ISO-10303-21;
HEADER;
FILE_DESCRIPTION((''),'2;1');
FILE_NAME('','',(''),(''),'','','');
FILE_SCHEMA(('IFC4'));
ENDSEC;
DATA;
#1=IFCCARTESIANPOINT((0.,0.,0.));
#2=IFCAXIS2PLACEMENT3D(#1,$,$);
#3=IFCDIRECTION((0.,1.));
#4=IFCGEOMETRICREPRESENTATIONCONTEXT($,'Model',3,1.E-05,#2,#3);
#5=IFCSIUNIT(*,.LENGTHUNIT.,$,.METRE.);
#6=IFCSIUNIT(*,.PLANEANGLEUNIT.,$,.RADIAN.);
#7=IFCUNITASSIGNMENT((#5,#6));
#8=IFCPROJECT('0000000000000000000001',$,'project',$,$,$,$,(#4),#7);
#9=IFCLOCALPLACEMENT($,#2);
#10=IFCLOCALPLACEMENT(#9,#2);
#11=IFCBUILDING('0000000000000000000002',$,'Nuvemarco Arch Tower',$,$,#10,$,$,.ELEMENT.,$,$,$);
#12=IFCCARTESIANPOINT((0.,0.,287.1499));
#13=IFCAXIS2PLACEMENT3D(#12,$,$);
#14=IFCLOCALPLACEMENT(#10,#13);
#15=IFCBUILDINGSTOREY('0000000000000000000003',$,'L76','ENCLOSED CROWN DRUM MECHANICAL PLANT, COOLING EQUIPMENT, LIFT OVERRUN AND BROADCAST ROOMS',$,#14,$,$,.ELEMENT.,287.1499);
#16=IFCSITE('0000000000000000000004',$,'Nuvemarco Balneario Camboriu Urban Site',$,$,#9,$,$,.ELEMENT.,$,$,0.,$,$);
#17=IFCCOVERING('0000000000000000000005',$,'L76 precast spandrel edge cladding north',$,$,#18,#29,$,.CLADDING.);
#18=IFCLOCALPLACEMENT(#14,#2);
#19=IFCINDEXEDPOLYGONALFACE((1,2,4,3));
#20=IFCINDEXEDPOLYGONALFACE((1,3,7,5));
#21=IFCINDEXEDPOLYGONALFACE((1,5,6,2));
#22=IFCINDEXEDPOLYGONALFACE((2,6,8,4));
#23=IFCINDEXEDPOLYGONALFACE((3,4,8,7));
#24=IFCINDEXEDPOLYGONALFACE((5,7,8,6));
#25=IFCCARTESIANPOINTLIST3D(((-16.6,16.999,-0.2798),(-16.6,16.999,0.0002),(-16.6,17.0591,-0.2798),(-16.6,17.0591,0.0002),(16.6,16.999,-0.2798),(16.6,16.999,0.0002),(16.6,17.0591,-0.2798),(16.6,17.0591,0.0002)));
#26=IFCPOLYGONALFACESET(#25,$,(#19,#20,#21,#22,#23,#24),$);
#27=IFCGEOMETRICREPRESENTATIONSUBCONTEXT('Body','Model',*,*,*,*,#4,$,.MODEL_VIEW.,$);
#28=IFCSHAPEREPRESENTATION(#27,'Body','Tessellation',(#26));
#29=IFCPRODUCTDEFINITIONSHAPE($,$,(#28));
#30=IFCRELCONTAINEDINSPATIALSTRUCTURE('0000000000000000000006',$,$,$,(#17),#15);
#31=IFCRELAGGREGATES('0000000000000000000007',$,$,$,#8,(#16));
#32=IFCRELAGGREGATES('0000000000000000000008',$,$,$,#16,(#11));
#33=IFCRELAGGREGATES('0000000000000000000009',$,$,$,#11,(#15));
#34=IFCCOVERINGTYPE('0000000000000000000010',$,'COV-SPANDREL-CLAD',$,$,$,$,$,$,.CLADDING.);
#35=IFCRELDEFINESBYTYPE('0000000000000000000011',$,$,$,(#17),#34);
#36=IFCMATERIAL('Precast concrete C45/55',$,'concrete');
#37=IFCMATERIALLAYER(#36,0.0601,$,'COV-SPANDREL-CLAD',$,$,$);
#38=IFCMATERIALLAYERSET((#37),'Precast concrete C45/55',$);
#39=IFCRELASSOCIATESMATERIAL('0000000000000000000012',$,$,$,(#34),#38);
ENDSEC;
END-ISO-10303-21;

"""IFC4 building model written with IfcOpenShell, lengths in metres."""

from ifc_helpers import new_model, si_unit, direction, frame, origin, origin_2d, place, context, subcontext, project, spatial, rectangle, extrude, source, transform, mapped, material, layer, layer_set, type_object, type_shapes, element, save


model = new_model("IFC4")

# Units and contexts
model_context = context("Model", 3, precision=1e-05, world=origin(), true_north=direction((0.0, 1.0)))
body_context = subcontext(model_context, "Body", "Model", "MODEL_VIEW")
ifc_project = project(units=[si_unit("LENGTHUNIT", "METRE"), si_unit("PLANEANGLEUNIT", "RADIAN")], contexts=[model_context])

# Site, building, storey
site_placement = place(None, origin())
site = spatial("IfcSite", under=ifc_project, at=site_placement, Name="Nuvemarco Balneario Camboriu Urban Site", CompositionType="ELEMENT", RefElevation=0.0)
building_placement = place(site_placement, origin())
building = spatial("IfcBuilding", under=site, at=building_placement, Name="Nuvemarco Arch Tower", CompositionType="ELEMENT")
storey_placement = place(building_placement, frame((0.0, 0.0, 287.1499)))
storey = spatial("IfcBuildingStorey", under=building, at=storey_placement, Name="L76", Description="ENCLOSED CROWN DRUM MECHANICAL PLANT, COOLING EQUIPMENT, LIFT OVERRUN AND BROADCAST ROOMS", CompositionType="ELEMENT", Elevation=287.1499)

# Shared definitions
ifc_material_1 = material(Name="Precast concrete C45/55", Category="concrete")

# Covering
ifc_layer_1 = layer(ifc_material_1, 0.0601, Name="COV-SPANDREL-CLAD")
ifc_layer_set_1 = layer_set([ifc_layer_1], Name="Precast concrete C45/55")
covering_type = type_object("IfcCoveringType", Name="COV-SPANDREL-CLAD", PredefinedType="CLADDING", material=ifc_layer_set_1)
shared_shape_1 = source(origin(), body_context, "Body", "SweptSolid", [
    extrude(rectangle(XDim=33.2, YDim=0.0601, at=origin_2d()), origin(), (0.0, 0.0, 1.0), 0.28),
])
type_shapes(covering_type, [shared_shape_1])
covering_placement = place(storey_placement, frame((0.0, 17.0291, -0.2798), z_axis=(0.0, 0.0, 1.0), x_axis=(1.0, 0.0, 0.0)))
element("IfcCovering", 1, at=covering_placement, inside=storey, type_object=covering_type, Name="L76 precast spandrel edge cladding north", PredefinedType="CLADDING", context=body_context, shape_type="MappedRepresentation", body=[
    mapped(shared_shape_1, transform((0.0, 0.0, 0.0), scale=1.0)),
])

save(model, "model.ifc")
